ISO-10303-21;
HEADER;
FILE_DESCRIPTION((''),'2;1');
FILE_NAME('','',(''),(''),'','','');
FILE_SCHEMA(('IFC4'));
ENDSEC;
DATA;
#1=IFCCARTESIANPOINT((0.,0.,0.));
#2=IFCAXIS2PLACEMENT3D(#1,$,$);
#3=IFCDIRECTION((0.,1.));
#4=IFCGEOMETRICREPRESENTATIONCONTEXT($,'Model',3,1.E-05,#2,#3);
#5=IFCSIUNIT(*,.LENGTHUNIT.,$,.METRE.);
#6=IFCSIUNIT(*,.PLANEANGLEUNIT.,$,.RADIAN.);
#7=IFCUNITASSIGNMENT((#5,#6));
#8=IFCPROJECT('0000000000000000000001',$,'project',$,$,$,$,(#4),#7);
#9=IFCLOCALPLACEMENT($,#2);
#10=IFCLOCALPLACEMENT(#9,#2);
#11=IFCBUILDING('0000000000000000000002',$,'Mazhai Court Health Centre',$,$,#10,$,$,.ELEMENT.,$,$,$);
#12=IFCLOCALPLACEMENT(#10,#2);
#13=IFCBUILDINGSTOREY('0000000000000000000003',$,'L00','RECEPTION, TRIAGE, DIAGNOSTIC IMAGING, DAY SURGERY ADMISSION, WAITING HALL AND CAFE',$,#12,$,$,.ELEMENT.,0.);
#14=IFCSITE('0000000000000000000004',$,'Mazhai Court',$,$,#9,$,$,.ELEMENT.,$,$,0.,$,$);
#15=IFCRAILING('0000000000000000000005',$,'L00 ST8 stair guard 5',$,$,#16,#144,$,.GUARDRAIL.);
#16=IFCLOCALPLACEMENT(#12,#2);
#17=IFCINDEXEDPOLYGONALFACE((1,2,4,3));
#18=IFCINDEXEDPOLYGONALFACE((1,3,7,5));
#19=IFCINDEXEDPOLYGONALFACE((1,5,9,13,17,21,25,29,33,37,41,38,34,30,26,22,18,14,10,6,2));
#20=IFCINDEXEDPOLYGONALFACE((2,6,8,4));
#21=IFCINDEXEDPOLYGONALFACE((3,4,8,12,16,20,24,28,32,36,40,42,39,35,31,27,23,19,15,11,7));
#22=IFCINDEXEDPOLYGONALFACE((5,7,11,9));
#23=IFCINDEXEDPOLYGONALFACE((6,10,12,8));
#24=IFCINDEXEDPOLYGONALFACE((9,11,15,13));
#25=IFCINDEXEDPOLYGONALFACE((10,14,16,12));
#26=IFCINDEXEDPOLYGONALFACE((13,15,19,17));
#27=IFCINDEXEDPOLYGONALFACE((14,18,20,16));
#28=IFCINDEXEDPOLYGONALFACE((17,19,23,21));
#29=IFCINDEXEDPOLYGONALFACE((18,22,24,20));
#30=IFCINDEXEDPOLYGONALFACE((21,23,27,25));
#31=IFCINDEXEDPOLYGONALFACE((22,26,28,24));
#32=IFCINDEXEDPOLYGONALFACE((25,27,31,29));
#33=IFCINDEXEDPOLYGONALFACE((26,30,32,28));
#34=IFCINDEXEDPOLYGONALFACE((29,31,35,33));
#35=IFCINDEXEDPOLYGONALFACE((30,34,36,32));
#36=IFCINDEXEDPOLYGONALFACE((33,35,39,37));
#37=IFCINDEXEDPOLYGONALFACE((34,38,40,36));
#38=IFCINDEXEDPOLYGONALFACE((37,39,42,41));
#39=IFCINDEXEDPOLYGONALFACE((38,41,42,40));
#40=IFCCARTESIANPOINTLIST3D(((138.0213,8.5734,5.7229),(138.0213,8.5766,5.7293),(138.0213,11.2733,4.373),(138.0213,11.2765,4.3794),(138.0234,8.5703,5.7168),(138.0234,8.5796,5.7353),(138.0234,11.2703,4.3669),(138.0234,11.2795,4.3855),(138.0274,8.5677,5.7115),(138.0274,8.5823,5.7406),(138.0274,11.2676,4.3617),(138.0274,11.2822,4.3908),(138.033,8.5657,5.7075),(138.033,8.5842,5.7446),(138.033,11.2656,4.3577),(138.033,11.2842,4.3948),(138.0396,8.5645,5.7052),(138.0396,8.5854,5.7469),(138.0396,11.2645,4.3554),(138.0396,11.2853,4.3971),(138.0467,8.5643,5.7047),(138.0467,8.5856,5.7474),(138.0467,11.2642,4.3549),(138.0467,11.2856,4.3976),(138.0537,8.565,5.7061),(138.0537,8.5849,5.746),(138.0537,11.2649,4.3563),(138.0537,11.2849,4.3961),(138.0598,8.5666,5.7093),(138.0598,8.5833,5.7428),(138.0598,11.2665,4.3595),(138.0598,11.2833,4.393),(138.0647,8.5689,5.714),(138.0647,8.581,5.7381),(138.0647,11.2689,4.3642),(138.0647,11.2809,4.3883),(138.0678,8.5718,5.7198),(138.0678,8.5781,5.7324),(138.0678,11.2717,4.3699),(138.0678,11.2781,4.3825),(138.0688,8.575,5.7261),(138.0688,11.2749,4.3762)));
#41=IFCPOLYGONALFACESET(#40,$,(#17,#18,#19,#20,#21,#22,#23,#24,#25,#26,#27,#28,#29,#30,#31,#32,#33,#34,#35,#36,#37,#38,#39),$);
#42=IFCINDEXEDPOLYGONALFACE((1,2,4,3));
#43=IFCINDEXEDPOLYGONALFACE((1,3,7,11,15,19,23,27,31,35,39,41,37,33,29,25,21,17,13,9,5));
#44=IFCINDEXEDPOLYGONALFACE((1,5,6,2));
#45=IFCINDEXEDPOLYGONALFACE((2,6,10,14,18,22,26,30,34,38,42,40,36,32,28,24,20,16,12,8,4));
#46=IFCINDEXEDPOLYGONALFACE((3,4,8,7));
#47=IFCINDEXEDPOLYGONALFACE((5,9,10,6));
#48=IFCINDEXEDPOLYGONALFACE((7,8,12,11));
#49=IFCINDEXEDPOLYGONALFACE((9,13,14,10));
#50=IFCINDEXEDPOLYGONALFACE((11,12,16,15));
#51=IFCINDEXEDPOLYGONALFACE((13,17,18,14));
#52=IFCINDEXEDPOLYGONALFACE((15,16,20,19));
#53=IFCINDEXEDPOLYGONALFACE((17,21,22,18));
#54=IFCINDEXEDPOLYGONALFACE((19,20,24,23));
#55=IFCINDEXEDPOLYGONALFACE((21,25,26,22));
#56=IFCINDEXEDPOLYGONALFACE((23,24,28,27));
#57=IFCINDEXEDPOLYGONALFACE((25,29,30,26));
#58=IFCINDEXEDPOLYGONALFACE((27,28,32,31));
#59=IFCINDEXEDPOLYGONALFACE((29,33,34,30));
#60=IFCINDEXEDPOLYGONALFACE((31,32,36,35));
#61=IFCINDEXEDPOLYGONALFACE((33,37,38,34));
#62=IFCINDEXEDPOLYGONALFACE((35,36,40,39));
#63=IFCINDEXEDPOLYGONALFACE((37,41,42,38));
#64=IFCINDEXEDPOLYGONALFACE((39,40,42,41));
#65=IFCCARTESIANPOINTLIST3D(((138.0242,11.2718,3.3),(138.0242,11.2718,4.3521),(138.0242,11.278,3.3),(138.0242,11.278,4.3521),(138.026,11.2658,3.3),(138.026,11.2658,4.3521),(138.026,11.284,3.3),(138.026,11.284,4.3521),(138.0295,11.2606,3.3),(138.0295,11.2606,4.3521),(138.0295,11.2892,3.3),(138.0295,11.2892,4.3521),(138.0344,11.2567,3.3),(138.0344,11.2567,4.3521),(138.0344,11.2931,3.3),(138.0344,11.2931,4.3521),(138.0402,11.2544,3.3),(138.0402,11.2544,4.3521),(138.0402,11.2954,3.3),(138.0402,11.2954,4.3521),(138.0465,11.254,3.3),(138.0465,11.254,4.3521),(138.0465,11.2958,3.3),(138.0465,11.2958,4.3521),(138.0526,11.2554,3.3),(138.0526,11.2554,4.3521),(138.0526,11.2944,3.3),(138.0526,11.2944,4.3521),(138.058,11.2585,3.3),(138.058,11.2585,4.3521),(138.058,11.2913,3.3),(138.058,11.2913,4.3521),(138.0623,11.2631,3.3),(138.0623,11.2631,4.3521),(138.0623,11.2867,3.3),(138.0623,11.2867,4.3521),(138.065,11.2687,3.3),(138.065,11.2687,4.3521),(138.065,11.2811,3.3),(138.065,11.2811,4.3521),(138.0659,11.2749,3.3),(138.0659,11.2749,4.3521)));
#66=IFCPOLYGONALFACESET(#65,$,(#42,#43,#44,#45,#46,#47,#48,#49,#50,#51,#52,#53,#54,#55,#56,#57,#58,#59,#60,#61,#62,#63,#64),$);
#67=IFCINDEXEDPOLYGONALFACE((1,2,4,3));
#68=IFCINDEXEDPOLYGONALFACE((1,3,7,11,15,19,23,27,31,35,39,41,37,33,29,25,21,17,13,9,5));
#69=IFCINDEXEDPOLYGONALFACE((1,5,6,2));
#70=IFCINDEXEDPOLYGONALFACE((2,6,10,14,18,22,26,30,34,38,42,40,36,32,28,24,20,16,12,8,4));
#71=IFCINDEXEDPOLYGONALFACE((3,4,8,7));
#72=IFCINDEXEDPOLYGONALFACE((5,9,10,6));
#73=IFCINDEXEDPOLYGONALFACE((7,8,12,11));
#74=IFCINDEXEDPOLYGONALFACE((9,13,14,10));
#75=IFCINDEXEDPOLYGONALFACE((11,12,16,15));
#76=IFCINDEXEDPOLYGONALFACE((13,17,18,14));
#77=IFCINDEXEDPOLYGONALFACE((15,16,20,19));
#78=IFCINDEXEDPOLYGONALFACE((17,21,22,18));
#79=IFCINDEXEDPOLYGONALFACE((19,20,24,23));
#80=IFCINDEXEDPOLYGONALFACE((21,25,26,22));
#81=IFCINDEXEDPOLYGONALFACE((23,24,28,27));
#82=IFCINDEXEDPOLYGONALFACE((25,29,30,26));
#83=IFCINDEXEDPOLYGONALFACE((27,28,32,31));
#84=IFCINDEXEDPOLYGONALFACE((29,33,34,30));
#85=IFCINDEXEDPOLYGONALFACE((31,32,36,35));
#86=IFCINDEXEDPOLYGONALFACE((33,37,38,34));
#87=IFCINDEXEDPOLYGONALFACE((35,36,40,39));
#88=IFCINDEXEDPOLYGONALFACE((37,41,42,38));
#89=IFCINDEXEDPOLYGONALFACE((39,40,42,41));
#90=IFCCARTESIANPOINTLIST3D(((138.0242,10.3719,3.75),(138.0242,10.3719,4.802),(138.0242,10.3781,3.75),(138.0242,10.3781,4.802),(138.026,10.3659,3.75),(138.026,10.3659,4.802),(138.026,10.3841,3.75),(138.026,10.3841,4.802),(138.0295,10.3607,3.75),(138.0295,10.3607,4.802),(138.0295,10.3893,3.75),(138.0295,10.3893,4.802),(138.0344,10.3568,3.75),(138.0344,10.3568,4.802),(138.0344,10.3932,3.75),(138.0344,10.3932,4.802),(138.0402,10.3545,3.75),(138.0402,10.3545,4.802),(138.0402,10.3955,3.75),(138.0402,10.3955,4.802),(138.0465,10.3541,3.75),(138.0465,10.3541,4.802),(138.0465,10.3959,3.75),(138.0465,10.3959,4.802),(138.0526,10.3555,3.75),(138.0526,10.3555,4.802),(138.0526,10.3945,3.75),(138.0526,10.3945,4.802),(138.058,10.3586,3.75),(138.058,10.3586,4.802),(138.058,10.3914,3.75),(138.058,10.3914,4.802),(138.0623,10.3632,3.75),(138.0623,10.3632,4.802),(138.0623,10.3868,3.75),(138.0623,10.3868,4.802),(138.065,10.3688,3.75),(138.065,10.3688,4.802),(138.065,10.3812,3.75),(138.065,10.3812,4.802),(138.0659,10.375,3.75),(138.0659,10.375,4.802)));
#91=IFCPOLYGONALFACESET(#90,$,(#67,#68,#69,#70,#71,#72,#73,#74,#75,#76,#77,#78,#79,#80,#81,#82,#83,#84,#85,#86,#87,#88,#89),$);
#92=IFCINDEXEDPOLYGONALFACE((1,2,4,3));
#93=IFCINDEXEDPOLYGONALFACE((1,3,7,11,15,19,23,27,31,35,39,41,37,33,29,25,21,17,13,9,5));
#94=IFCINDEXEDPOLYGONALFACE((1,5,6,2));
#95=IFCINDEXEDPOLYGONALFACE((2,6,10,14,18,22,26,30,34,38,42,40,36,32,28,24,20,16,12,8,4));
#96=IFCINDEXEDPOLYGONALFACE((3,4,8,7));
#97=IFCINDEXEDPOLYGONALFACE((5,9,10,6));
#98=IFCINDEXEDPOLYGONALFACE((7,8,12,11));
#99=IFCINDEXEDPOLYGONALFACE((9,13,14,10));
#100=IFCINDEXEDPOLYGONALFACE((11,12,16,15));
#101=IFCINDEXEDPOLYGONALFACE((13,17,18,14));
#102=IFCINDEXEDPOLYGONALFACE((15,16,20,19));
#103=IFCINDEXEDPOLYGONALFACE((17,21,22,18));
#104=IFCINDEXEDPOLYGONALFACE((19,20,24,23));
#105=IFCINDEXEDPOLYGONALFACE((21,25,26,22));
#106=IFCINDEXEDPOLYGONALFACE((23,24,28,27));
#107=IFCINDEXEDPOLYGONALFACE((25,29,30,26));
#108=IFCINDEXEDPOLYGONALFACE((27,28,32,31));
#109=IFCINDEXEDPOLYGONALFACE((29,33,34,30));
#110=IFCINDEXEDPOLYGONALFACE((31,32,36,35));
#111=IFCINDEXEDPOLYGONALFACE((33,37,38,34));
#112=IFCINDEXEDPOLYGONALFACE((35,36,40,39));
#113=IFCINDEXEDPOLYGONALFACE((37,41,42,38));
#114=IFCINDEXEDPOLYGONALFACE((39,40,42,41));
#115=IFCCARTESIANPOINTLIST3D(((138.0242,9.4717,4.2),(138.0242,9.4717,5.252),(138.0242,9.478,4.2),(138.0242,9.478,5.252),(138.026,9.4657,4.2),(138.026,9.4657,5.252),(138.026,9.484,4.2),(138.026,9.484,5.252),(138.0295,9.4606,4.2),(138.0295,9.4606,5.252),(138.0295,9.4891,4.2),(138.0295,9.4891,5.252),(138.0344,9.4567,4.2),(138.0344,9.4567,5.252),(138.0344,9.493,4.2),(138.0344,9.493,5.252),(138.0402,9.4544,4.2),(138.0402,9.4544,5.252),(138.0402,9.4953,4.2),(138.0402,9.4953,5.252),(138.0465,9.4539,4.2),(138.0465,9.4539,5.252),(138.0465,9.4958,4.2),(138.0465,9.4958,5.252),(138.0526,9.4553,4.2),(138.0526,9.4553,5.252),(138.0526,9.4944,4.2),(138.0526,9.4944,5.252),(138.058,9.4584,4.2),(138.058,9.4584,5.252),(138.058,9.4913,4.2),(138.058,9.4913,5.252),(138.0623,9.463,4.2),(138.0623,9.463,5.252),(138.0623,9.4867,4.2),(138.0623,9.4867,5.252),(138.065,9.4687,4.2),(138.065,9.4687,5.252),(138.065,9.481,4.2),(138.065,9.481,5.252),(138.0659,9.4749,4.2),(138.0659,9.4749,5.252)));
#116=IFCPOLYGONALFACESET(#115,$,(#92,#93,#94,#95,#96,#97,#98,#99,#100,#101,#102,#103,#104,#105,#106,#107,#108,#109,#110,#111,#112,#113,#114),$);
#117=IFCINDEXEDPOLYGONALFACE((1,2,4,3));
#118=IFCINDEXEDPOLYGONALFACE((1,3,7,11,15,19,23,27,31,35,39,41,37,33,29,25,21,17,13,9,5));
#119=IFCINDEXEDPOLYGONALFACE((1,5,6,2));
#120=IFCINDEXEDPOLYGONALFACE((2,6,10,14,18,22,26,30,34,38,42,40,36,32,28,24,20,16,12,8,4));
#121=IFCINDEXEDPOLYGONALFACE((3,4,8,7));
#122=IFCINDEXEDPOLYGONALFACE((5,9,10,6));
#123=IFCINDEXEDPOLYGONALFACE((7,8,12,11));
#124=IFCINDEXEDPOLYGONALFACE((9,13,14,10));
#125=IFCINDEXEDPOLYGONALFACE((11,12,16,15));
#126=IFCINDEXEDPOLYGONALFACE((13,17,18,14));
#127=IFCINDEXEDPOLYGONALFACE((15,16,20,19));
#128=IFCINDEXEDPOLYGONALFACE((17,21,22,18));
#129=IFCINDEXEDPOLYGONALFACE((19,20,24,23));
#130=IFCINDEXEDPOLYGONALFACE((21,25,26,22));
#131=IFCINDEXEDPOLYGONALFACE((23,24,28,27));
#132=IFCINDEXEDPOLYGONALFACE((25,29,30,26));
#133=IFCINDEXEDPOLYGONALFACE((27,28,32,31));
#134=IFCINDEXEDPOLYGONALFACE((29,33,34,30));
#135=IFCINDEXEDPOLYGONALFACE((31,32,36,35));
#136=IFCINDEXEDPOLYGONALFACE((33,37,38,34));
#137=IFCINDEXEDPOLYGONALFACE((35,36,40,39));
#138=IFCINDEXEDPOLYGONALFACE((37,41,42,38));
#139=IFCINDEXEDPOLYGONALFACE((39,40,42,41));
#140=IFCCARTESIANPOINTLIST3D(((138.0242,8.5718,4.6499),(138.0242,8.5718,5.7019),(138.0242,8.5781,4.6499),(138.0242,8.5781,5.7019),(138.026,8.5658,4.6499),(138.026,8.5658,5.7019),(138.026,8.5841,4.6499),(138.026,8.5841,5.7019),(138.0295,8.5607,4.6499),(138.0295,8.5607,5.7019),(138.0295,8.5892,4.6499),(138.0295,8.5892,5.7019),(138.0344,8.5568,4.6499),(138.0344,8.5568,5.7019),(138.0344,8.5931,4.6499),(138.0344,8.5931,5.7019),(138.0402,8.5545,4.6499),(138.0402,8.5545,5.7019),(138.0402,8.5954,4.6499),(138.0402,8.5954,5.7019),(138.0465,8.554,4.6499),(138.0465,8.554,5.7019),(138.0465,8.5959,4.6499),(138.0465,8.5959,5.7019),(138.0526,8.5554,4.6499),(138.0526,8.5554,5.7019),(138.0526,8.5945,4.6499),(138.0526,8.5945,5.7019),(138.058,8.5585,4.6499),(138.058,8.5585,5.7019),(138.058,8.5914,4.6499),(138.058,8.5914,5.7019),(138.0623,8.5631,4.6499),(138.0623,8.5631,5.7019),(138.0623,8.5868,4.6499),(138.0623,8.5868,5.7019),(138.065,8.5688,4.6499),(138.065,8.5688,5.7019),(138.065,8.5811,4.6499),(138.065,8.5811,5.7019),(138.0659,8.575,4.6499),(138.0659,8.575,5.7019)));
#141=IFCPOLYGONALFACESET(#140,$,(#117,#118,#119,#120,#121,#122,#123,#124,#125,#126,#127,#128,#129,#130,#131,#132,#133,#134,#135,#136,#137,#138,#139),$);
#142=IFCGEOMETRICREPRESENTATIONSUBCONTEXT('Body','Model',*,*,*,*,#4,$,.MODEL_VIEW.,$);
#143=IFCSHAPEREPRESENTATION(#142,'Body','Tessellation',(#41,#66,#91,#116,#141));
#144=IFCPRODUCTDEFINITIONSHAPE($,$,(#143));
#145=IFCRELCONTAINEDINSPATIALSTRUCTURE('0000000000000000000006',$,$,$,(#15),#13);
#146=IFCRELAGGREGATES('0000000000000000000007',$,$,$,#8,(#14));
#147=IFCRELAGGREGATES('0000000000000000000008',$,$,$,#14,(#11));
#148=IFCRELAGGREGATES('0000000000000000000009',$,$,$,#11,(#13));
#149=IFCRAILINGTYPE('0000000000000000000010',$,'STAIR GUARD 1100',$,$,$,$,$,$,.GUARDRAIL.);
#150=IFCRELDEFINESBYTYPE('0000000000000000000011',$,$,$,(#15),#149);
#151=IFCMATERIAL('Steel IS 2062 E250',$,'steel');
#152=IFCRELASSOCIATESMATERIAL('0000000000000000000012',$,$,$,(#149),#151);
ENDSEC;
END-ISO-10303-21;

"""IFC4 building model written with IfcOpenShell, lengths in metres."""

from ifc_helpers import new_model, si_unit, direction, frame, origin, origin_2d, place, context, subcontext, project, spatial, circle, extrude, material, type_object, element, save


model = new_model("IFC4")

# Units and contexts
model_context = context("Model", 3, precision=1e-05, world=origin(), true_north=direction((0.0, 1.0)))
body_context = subcontext(model_context, "Body", "Model", "MODEL_VIEW")
ifc_project = project(units=[si_unit("LENGTHUNIT", "METRE"), si_unit("PLANEANGLEUNIT", "RADIAN")], contexts=[model_context])

# Site, building, storey
site_placement = place(None, origin())
site = spatial("IfcSite", under=ifc_project, at=site_placement, Name="Mazhai Court", CompositionType="ELEMENT", RefElevation=0.0)
building_placement = place(site_placement, origin())
building = spatial("IfcBuilding", under=site, at=building_placement, Name="Mazhai Court Health Centre", CompositionType="ELEMENT")
storey_placement = place(building_placement, origin())
storey = spatial("IfcBuildingStorey", under=building, at=storey_placement, Name="L00", Description="RECEPTION, TRIAGE, DIAGNOSTIC IMAGING, DAY SURGERY ADMISSION, WAITING HALL AND CAFE", CompositionType="ELEMENT", Elevation=0.0)

# Railing
ifc_material_1 = material(Name="Steel IS 2062 E250", Category="steel")
railing_type_1 = type_object("IfcRailingType", Name="STAIR GUARD 1100", PredefinedType="GUARDRAIL", material=ifc_material_1)
railing_1_placement = place(storey_placement, frame((138.0449, 11.2749, 3.3)))
element("IfcRailing", 1, at=railing_1_placement, inside=storey, type_object=railing_type_1, Name="L00 ST8 stair guard 5", PredefinedType="GUARDRAIL", context=body_context, shape_type="SweptSolid", body=[
    extrude(circle(Radius=0.0239, at=origin_2d()), frame((0.0, 0.0, 1.0762), z_axis=(0.0, -0.894443, 0.447181), x_axis=(1.0, 0.0, 0.0)), (0.0, 0.0, 1.0), 3.0186),
    extrude(circle(Radius=0.021, at=origin_2d()), origin(), (0.0, 0.0, 1.0), 1.052),
    extrude(circle(Radius=0.021, at=origin_2d()), frame((0.0, -0.8999, 0.45)), (0.0, 0.0, 1.0), 1.052),
    extrude(circle(Radius=0.021, at=origin_2d()), frame((0.0, -1.8, 0.8999)), (0.0, 0.0, 1.0), 1.052),
    extrude(circle(Radius=0.021, at=origin_2d()), frame((0.0, -2.7, 1.3499)), (0.0, 0.0, 1.0), 1.052),
])

save(model, "model.ifc")
